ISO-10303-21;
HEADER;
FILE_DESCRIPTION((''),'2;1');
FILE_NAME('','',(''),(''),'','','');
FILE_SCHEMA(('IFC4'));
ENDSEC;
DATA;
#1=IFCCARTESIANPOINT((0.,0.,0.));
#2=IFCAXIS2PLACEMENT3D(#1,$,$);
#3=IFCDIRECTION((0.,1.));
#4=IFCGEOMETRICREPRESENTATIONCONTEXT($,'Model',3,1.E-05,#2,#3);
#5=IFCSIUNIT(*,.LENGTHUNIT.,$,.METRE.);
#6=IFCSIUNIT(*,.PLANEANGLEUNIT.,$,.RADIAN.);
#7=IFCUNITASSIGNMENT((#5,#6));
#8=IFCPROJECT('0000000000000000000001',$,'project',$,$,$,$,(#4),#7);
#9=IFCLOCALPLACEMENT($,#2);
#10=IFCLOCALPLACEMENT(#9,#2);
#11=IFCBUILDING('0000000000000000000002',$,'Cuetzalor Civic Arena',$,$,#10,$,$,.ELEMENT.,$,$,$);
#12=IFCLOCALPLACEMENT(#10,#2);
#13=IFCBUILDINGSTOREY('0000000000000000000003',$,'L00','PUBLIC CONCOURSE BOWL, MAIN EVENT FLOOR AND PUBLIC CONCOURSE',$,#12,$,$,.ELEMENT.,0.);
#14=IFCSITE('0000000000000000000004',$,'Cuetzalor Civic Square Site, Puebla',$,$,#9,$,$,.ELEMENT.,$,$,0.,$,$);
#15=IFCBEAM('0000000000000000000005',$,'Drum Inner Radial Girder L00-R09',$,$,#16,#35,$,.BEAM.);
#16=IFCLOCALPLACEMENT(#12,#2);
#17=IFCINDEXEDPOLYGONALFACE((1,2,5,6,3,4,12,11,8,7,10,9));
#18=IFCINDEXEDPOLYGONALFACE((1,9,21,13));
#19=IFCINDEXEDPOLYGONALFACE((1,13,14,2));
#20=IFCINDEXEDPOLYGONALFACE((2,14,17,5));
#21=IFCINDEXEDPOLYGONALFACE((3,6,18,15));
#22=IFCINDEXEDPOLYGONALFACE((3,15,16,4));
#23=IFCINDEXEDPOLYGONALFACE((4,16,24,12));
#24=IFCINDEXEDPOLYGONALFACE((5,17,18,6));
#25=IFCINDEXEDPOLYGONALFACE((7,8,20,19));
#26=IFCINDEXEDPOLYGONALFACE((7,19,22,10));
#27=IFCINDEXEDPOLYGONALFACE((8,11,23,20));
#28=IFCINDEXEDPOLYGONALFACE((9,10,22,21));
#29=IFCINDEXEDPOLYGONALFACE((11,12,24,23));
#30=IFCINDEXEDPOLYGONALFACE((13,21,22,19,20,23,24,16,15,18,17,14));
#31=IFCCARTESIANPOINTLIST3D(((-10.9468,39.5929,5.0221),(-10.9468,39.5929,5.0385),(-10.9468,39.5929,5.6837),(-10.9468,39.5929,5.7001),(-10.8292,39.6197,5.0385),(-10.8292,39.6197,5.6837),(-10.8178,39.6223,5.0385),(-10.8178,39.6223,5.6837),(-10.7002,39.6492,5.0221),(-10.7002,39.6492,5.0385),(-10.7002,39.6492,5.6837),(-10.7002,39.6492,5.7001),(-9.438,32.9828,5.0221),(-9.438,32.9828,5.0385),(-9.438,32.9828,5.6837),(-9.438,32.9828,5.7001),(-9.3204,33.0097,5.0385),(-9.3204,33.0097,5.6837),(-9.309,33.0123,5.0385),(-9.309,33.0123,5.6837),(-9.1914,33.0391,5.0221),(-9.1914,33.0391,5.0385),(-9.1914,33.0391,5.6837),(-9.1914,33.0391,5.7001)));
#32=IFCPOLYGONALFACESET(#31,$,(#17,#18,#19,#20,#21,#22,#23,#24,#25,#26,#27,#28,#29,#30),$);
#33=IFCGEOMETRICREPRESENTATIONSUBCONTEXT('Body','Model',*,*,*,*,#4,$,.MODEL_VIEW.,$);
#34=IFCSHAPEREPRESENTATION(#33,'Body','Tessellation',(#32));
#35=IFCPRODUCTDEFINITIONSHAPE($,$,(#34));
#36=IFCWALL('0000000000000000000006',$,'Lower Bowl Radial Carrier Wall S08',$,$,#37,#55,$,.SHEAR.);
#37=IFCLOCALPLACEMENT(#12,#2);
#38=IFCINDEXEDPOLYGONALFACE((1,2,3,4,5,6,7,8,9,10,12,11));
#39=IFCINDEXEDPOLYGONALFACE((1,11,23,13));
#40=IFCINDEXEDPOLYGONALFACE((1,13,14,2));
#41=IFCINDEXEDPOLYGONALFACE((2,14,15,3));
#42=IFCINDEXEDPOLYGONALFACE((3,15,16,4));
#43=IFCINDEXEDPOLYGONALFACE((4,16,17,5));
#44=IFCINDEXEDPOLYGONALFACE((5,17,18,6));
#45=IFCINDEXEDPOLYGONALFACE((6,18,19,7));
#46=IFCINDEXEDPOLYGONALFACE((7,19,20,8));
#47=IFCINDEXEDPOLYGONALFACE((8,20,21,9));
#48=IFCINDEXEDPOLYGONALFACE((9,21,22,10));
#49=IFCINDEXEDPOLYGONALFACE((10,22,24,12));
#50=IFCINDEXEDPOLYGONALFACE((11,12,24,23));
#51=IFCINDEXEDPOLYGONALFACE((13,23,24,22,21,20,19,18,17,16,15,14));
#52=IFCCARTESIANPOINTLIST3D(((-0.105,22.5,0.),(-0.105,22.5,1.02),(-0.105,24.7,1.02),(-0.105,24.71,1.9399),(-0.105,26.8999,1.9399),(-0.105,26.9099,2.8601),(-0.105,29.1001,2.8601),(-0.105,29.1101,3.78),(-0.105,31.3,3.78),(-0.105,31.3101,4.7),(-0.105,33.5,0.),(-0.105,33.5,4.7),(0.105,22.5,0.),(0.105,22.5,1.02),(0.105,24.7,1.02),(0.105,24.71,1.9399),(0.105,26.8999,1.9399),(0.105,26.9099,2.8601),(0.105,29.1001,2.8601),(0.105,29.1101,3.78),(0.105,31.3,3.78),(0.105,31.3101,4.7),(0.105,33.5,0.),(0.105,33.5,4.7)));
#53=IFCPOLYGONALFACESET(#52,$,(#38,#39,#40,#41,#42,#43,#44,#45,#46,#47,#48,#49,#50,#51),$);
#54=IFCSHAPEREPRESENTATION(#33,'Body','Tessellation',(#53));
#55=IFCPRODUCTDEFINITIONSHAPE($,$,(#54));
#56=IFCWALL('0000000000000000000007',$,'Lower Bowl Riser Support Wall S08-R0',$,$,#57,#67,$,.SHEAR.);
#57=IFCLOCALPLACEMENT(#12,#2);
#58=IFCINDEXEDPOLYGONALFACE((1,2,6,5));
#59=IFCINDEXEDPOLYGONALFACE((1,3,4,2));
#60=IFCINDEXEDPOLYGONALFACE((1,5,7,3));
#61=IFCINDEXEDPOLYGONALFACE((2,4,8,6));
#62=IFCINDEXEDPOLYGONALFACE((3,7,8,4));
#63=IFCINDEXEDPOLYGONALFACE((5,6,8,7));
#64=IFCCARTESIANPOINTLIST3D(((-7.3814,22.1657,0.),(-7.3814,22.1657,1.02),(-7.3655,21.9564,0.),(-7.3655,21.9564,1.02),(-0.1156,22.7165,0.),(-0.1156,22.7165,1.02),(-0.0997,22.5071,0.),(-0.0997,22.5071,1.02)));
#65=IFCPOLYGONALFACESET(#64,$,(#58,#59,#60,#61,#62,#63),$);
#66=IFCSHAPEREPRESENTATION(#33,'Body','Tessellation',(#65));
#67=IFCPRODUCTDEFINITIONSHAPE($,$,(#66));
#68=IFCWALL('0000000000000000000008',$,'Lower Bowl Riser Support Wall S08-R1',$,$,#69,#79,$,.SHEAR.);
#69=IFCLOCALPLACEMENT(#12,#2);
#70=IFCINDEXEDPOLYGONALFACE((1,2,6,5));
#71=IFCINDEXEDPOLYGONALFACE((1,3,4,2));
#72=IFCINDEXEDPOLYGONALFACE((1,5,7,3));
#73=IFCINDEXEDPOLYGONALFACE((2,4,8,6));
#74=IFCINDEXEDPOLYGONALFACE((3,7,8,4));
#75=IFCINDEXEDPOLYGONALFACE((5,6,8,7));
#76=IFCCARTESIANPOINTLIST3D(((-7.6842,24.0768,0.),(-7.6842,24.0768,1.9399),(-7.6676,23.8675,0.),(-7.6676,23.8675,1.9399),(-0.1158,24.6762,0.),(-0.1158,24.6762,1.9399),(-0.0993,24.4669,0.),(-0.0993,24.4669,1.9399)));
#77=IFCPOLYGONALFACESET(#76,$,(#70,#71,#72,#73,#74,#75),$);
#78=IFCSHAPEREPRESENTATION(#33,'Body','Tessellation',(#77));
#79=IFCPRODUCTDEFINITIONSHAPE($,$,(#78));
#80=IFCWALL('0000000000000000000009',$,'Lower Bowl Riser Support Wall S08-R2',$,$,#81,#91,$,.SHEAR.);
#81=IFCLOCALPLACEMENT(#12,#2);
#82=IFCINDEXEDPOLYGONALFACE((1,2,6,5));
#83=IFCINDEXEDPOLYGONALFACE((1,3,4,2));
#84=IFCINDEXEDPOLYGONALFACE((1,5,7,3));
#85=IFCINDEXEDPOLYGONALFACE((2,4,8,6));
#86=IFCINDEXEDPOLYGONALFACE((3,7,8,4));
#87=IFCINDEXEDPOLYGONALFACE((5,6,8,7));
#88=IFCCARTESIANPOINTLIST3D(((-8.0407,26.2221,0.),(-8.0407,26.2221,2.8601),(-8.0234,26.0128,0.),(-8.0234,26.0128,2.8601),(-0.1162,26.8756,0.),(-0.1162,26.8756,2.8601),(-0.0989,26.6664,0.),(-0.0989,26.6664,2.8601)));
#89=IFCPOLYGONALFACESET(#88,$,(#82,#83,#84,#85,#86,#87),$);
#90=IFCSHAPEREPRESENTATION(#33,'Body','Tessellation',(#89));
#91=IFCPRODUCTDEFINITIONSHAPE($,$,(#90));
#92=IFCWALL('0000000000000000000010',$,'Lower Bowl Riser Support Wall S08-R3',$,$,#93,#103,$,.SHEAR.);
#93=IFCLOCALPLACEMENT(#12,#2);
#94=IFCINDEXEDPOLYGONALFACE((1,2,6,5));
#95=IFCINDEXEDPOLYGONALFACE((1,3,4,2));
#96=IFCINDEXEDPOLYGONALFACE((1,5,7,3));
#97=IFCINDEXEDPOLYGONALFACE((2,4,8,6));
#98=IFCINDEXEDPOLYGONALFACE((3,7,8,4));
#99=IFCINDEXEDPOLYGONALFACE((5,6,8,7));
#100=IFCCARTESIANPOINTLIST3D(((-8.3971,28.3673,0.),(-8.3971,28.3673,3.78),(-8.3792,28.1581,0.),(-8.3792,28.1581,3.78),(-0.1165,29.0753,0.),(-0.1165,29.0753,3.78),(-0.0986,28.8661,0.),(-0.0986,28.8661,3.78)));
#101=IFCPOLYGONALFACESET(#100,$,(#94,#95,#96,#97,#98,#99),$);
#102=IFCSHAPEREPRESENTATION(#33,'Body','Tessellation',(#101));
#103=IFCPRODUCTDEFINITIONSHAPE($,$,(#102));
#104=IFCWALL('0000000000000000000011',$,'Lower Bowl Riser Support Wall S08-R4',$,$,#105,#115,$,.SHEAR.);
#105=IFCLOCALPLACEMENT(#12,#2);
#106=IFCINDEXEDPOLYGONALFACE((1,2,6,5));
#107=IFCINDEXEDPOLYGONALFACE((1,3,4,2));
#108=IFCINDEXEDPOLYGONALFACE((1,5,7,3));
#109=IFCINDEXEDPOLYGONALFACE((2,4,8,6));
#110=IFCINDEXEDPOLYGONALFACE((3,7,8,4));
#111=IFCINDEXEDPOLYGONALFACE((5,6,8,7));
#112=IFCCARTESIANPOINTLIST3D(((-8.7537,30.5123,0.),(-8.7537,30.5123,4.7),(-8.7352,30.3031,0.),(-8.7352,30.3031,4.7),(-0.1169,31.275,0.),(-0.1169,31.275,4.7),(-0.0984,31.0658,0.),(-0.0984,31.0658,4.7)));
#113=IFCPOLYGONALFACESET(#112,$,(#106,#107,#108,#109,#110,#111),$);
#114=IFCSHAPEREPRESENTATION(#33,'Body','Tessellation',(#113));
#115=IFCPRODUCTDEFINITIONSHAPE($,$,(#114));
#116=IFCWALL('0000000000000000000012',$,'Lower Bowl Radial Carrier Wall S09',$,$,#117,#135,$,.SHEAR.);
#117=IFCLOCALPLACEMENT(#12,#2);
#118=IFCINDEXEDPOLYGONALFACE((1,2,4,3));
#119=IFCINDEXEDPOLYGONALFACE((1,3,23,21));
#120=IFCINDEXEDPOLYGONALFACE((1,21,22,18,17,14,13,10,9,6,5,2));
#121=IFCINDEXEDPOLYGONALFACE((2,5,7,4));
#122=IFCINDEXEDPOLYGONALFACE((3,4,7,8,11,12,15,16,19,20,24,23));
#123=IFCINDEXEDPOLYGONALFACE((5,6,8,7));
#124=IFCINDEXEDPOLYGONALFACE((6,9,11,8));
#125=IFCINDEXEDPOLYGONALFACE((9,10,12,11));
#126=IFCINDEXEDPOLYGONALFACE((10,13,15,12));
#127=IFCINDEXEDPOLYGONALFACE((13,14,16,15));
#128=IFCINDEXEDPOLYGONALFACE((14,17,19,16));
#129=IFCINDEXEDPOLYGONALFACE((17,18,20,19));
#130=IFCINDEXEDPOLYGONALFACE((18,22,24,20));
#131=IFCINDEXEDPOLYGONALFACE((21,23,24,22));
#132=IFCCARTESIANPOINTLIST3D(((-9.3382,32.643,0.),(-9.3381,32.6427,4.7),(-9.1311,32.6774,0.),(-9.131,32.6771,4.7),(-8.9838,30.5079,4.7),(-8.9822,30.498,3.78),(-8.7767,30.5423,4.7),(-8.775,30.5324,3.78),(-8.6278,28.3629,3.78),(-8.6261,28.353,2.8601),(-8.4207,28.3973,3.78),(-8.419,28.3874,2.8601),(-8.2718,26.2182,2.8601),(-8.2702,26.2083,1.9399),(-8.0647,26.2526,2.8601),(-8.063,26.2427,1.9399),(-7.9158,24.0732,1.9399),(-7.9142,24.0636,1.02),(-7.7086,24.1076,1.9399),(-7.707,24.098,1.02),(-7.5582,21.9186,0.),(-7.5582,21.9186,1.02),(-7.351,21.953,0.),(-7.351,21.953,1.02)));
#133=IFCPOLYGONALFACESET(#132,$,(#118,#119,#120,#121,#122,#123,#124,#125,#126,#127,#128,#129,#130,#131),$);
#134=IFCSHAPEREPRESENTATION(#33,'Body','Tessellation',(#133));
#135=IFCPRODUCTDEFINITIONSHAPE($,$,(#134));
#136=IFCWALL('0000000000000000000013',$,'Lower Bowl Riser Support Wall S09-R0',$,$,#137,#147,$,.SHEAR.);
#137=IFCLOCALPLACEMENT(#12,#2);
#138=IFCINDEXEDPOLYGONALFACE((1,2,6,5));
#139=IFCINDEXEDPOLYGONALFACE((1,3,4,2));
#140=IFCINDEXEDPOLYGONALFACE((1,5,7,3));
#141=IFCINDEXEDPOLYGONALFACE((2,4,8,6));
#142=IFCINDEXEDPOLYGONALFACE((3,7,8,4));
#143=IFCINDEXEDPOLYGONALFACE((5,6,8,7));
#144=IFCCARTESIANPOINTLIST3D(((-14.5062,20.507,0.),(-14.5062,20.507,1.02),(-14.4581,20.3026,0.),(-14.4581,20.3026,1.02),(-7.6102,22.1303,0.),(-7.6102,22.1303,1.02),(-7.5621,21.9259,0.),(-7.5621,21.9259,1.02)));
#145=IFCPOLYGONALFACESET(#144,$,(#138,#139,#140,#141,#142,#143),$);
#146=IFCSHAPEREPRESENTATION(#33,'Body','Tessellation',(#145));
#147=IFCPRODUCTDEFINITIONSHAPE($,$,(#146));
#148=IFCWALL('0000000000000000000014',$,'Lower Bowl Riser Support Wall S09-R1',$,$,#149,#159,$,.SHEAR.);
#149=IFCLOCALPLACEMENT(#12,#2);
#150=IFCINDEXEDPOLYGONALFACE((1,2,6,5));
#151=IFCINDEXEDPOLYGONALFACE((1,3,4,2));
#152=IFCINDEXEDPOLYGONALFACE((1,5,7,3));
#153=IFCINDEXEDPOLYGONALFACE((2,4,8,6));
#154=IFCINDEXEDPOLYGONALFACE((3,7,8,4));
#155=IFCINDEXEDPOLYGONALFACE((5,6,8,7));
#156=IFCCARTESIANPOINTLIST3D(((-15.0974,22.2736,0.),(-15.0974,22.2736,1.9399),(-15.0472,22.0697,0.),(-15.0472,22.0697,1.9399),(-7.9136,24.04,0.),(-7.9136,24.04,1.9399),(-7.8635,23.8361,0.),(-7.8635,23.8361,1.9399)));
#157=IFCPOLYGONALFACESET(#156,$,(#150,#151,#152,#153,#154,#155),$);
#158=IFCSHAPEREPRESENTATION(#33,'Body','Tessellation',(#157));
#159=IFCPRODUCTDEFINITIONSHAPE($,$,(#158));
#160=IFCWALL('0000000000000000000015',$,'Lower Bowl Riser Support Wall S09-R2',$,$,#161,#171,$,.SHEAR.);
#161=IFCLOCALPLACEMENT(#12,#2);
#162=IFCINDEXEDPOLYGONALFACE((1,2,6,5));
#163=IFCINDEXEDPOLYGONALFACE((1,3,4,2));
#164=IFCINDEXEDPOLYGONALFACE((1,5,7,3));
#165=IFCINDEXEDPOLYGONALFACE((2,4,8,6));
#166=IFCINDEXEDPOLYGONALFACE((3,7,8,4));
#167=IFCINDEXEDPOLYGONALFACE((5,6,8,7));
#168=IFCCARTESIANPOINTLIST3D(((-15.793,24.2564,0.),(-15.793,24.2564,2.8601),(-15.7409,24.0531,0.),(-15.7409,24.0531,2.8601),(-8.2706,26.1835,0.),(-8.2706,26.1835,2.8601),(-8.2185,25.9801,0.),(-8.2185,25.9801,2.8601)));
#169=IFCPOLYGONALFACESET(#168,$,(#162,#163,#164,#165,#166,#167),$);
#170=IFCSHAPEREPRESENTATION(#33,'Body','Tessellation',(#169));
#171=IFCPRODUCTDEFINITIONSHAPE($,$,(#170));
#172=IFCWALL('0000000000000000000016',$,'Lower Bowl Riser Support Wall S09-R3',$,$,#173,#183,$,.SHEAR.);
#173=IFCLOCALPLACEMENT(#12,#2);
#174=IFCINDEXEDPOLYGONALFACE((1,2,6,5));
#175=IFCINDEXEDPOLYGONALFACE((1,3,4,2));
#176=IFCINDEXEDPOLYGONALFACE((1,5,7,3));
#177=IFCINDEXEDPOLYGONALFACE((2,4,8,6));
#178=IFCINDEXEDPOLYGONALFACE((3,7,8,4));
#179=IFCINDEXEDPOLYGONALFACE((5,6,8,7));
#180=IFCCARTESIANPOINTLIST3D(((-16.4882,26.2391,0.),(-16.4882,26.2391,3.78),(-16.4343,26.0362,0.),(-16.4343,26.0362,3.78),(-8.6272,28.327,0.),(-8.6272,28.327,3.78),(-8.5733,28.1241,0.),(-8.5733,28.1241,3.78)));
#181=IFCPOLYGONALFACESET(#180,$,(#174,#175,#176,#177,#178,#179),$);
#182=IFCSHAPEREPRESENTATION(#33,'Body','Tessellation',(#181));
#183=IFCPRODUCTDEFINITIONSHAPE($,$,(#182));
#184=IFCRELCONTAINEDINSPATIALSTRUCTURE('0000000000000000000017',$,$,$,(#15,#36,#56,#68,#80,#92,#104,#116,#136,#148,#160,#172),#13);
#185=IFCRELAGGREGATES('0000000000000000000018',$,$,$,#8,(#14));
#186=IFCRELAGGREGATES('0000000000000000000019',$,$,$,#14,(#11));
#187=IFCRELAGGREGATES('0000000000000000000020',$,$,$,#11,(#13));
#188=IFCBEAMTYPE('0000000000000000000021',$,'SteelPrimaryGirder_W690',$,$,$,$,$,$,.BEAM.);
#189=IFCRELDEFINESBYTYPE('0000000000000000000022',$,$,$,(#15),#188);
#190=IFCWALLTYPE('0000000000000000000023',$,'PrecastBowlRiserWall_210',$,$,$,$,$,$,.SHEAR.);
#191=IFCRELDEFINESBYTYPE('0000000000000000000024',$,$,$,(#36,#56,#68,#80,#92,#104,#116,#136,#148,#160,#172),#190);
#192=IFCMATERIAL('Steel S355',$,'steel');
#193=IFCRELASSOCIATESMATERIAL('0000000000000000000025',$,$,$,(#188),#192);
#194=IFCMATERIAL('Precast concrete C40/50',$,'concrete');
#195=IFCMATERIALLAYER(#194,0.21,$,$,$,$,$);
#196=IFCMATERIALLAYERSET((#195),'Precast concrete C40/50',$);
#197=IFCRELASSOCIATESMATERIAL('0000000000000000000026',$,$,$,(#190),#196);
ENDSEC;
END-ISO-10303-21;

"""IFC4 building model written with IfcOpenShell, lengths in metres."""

from ifc_helpers import new_model, si_unit, direction, frame, frame_2d, origin, origin_2d, place, context, subcontext, project, spatial, polyline, rectangle, i_section, outline, extrude, material, layer, layer_set, material_profile, profile_set, type_object, element, save


model = new_model("IFC4")

# Units and contexts
model_context = context("Model", 3, precision=1e-05, world=origin(), true_north=direction((0.0, 1.0)))
body_context = subcontext(model_context, "Body", "Model", "MODEL_VIEW")
ifc_project = project(units=[si_unit("LENGTHUNIT", "METRE"), si_unit("PLANEANGLEUNIT", "RADIAN")], contexts=[model_context])

# Site, building, storey
site_placement = place(None, origin())
site = spatial("IfcSite", under=ifc_project, at=site_placement, Name="Cuetzalor Civic Square Site, Puebla", CompositionType="ELEMENT", RefElevation=0.0)
building_placement = place(site_placement, origin())
building = spatial("IfcBuilding", under=site, at=building_placement, Name="Cuetzalor Civic Arena", CompositionType="ELEMENT")
storey_placement = place(building_placement, origin())
storey = spatial("IfcBuildingStorey", under=building, at=storey_placement, Name="L00", Description="PUBLIC CONCOURSE BOWL, MAIN EVENT FLOOR AND PUBLIC CONCOURSE", CompositionType="ELEMENT", Elevation=0.0)

# Beam
ifc_material_1 = material(Name="Steel S355", Category="steel")
ifc_material_profile_1 = material_profile(ifc_material_1, i_section(OverallWidth=0.2529, OverallDepth=0.678, WebThickness=0.0117, FlangeThickness=0.0164, at=origin_2d()), Name="W690x125")
ifc_profile_set_1 = profile_set([ifc_material_profile_1], Name="Steel S355")
beam_type_1 = type_object("IfcBeamType", Name="SteelPrimaryGirder_W690", PredefinedType="BEAM", material=ifc_profile_set_1)
beam_1_placement = place(storey_placement, frame((-9.3147, 33.011, 5.3611), z_axis=(-0.222531, 0.974926, 0.0), x_axis=(-0.974926, -0.222531, 0.0)))
element("IfcBeam", 1, at=beam_1_placement, inside=storey, type_object=beam_type_1, Name="Drum Inner Radial Girder L00-R09", PredefinedType="BEAM", context=body_context, shape_type="SweptSolid", body=[
    extrude(i_section(OverallWidth=0.2529, OverallDepth=0.678, WebThickness=0.0117, FlangeThickness=0.0164, at=origin_2d()), origin(), (0.0, 0.0, 1.0), 6.78),
])

# Walls
ifc_material_2 = material(Name="Precast concrete C40/50", Category="concrete")
ifc_layer = layer(ifc_material_2, 0.21)
ifc_layer_set = layer_set([ifc_layer], Name="Precast concrete C40/50")
wall_type = type_object("IfcWallType", Name="PrecastBowlRiserWall_210", PredefinedType="SHEAR", material=ifc_layer_set)
wall_1_placement = place(storey_placement, frame((0.0, 22.5, 0.0), z_axis=(0.0, 0.0, 1.0), x_axis=(0.0, 1.0, 0.0)))
element("IfcWall", 2, at=wall_1_placement, inside=storey, type_object=wall_type, Name="Lower Bowl Radial Carrier Wall S08", PredefinedType="SHEAR", context=body_context, shape_type="SweptSolid", body=[
    extrude(outline(polyline([(0.0, 0.0), (11.0, 0.0), (11.0, 4.7), (8.8101, 4.7), (8.8, 3.78), (6.6101, 3.78), (6.6001, 2.8601), (4.4099, 2.8601), (4.3999, 1.9399), (2.21, 1.9399), (2.2, 1.02), (0.0, 1.02), (0.0, 0.0)])), frame((0.0, 0.105, 0.0), z_axis=(0.0, -1.0, 0.0), x_axis=(1.0, 0.0, 0.0)), (0.0, 0.0, 1.0), 0.21),
])
wall_2_placement = place(storey_placement, frame((-0.1077, 22.6118, 0.0), z_axis=(0.0, 0.0, 1.0), x_axis=(-0.997139, -0.075587, 0.0)))
element("IfcWall", 3, at=wall_2_placement, inside=storey, type_object=wall_type, Name="Lower Bowl Riser Support Wall S08-R0", PredefinedType="SHEAR", context=body_context, shape_type="SweptSolid", body=[
    extrude(rectangle(XDim=7.2866, YDim=0.21, at=frame_2d((3.6433, 0.0))), origin(), (0.0, 0.0, 1.0), 1.02),
])
wall_3_placement = place(storey_placement, frame((-0.1077, 24.5715, 0.0), z_axis=(0.0, 0.0, 1.0), x_axis=(-0.996879, -0.078946, 0.0)))
element("IfcWall", 4, at=wall_3_placement, inside=storey, type_object=wall_type, Name="Lower Bowl Riser Support Wall S08-R1", PredefinedType="SHEAR", context=body_context, shape_type="SweptSolid", body=[
    extrude(rectangle(XDim=7.592, YDim=0.21, at=frame_2d((3.7959, 0.0))), origin(), (0.0, 0.0, 1.0), 1.9399),
])
wall_4_placement = place(storey_placement, frame((-0.1077, 26.771, 0.0), z_axis=(0.0, 0.0, 1.0), x_axis=(-0.996616, -0.082194, 0.0)))
element("IfcWall", 5, at=wall_4_placement, inside=storey, type_object=wall_type, Name="Lower Bowl Riser Support Wall S08-R2", PredefinedType="SHEAR", context=body_context, shape_type="SweptSolid", body=[
    extrude(rectangle(XDim=7.9514, YDim=0.21, at=frame_2d((3.9756, 0.0))), origin(), (0.0, 0.0, 1.0), 2.8601),
])
wall_5_placement = place(storey_placement, frame((-0.1077, 28.9707, 0.0), z_axis=(0.0, 0.0, 1.0), x_axis=(-0.996365, -0.085192, 0.0)))
element("IfcWall", 6, at=wall_5_placement, inside=storey, type_object=wall_type, Name="Lower Bowl Riser Support Wall S08-R3", PredefinedType="SHEAR", context=body_context, shape_type="SweptSolid", body=[
    extrude(rectangle(XDim=8.3108, YDim=0.21, at=frame_2d((4.1553, 0.0))), origin(), (0.0, 0.0, 1.0), 3.78),
])
wall_6_placement = place(storey_placement, frame((-0.1077, 31.1704, 0.0), z_axis=(0.0, 0.0, 1.0), x_axis=(-0.996123, -0.087966, 0.0)))
element("IfcWall", 7, at=wall_6_placement, inside=storey, type_object=wall_type, Name="Lower Bowl Riser Support Wall S08-R4", PredefinedType="SHEAR", context=body_context, shape_type="SweptSolid", body=[
    extrude(rectangle(XDim=8.6704, YDim=0.21, at=frame_2d((4.3352, 0.0))), origin(), (0.0, 0.0, 1.0), 4.7),
])
wall_7_placement = place(storey_placement, frame((-7.4546, 21.9358, 0.0), z_axis=(0.0, 0.0, 1.0), x_axis=(-0.16374, 0.986504, 0.0)))
element("IfcWall", 8, at=wall_7_placement, inside=storey, type_object=wall_type, Name="Lower Bowl Radial Carrier Wall S09", PredefinedType="SHEAR", context=body_context, shape_type="SweptSolid", body=[
    extrude(outline(polyline([(0.0, 0.0), (10.8711, 0.0), (10.8708, 4.7), (8.7068, 4.7), (8.6968, 3.78), (6.5325, 3.78), (6.5225, 2.8601), (4.3584, 2.8601), (4.3484, 1.9399), (2.1841, 1.9399), (2.1743, 1.02), (0.0, 1.02), (0.0, 0.0)])), frame((0.0, 0.105, 0.0), z_axis=(0.0, -1.0, 0.0), x_axis=(1.0, 0.0, 0.0)), (0.0, 0.0, 1.0), 0.21),
])
wall_8_placement = place(storey_placement, frame((-7.5862, 22.0281, 0.0), z_axis=(0.0, 0.0, 1.0), x_axis=(-0.973395, -0.229133, 0.0)))
element("IfcWall", 9, at=wall_8_placement, inside=storey, type_object=wall_type, Name="Lower Bowl Riser Support Wall S09-R0", PredefinedType="SHEAR", context=body_context, shape_type="SweptSolid", body=[
    extrude(rectangle(XDim=7.0845, YDim=0.21, at=frame_2d((3.5422, 0.0))), origin(), (0.0, 0.0, 1.0), 1.02),
])
wall_9_placement = place(storey_placement, frame((-7.8887, 23.938, 0.0), z_axis=(0.0, 0.0, 1.0), x_axis=(-0.971077, -0.238768, 0.0)))
element("IfcWall", 10, at=wall_9_placement, inside=storey, type_object=wall_type, Name="Lower Bowl Riser Support Wall S09-R1", PredefinedType="SHEAR", context=body_context, shape_type="SweptSolid", body=[
    extrude(rectangle(XDim=7.3977, YDim=0.21, at=frame_2d((3.6987, 0.0))), origin(), (0.0, 0.0, 1.0), 1.9399),
])
wall_10_placement = place(storey_placement, frame((-8.2444, 26.0818, 0.0), z_axis=(0.0, 0.0, 1.0), x_axis=(-0.968721, -0.248154, 0.0)))
element("IfcWall", 11, at=wall_10_placement, inside=storey, type_object=wall_type, Name="Lower Bowl Riser Support Wall S09-R2", PredefinedType="SHEAR", context=body_context, shape_type="SweptSolid", body=[
    extrude(rectangle(XDim=7.7654, YDim=0.21, at=frame_2d((3.8828, 0.0))), origin(), (0.0, 0.0, 1.0), 2.8601),
])
wall_11_placement = place(storey_placement, frame((-8.6001, 28.2256, 0.0), z_axis=(0.0, 0.0, 1.0), x_axis=(-0.966492, -0.256699, 0.0)))
element("IfcWall", 12, at=wall_11_placement, inside=storey, type_object=wall_type, Name="Lower Bowl Riser Support Wall S09-R3", PredefinedType="SHEAR", context=body_context, shape_type="SweptSolid", body=[
    extrude(rectangle(XDim=8.1335, YDim=0.21, at=frame_2d((4.0669, 0.0))), origin(), (0.0, 0.0, 1.0), 3.78),
])

save(model, "model.ifc")
